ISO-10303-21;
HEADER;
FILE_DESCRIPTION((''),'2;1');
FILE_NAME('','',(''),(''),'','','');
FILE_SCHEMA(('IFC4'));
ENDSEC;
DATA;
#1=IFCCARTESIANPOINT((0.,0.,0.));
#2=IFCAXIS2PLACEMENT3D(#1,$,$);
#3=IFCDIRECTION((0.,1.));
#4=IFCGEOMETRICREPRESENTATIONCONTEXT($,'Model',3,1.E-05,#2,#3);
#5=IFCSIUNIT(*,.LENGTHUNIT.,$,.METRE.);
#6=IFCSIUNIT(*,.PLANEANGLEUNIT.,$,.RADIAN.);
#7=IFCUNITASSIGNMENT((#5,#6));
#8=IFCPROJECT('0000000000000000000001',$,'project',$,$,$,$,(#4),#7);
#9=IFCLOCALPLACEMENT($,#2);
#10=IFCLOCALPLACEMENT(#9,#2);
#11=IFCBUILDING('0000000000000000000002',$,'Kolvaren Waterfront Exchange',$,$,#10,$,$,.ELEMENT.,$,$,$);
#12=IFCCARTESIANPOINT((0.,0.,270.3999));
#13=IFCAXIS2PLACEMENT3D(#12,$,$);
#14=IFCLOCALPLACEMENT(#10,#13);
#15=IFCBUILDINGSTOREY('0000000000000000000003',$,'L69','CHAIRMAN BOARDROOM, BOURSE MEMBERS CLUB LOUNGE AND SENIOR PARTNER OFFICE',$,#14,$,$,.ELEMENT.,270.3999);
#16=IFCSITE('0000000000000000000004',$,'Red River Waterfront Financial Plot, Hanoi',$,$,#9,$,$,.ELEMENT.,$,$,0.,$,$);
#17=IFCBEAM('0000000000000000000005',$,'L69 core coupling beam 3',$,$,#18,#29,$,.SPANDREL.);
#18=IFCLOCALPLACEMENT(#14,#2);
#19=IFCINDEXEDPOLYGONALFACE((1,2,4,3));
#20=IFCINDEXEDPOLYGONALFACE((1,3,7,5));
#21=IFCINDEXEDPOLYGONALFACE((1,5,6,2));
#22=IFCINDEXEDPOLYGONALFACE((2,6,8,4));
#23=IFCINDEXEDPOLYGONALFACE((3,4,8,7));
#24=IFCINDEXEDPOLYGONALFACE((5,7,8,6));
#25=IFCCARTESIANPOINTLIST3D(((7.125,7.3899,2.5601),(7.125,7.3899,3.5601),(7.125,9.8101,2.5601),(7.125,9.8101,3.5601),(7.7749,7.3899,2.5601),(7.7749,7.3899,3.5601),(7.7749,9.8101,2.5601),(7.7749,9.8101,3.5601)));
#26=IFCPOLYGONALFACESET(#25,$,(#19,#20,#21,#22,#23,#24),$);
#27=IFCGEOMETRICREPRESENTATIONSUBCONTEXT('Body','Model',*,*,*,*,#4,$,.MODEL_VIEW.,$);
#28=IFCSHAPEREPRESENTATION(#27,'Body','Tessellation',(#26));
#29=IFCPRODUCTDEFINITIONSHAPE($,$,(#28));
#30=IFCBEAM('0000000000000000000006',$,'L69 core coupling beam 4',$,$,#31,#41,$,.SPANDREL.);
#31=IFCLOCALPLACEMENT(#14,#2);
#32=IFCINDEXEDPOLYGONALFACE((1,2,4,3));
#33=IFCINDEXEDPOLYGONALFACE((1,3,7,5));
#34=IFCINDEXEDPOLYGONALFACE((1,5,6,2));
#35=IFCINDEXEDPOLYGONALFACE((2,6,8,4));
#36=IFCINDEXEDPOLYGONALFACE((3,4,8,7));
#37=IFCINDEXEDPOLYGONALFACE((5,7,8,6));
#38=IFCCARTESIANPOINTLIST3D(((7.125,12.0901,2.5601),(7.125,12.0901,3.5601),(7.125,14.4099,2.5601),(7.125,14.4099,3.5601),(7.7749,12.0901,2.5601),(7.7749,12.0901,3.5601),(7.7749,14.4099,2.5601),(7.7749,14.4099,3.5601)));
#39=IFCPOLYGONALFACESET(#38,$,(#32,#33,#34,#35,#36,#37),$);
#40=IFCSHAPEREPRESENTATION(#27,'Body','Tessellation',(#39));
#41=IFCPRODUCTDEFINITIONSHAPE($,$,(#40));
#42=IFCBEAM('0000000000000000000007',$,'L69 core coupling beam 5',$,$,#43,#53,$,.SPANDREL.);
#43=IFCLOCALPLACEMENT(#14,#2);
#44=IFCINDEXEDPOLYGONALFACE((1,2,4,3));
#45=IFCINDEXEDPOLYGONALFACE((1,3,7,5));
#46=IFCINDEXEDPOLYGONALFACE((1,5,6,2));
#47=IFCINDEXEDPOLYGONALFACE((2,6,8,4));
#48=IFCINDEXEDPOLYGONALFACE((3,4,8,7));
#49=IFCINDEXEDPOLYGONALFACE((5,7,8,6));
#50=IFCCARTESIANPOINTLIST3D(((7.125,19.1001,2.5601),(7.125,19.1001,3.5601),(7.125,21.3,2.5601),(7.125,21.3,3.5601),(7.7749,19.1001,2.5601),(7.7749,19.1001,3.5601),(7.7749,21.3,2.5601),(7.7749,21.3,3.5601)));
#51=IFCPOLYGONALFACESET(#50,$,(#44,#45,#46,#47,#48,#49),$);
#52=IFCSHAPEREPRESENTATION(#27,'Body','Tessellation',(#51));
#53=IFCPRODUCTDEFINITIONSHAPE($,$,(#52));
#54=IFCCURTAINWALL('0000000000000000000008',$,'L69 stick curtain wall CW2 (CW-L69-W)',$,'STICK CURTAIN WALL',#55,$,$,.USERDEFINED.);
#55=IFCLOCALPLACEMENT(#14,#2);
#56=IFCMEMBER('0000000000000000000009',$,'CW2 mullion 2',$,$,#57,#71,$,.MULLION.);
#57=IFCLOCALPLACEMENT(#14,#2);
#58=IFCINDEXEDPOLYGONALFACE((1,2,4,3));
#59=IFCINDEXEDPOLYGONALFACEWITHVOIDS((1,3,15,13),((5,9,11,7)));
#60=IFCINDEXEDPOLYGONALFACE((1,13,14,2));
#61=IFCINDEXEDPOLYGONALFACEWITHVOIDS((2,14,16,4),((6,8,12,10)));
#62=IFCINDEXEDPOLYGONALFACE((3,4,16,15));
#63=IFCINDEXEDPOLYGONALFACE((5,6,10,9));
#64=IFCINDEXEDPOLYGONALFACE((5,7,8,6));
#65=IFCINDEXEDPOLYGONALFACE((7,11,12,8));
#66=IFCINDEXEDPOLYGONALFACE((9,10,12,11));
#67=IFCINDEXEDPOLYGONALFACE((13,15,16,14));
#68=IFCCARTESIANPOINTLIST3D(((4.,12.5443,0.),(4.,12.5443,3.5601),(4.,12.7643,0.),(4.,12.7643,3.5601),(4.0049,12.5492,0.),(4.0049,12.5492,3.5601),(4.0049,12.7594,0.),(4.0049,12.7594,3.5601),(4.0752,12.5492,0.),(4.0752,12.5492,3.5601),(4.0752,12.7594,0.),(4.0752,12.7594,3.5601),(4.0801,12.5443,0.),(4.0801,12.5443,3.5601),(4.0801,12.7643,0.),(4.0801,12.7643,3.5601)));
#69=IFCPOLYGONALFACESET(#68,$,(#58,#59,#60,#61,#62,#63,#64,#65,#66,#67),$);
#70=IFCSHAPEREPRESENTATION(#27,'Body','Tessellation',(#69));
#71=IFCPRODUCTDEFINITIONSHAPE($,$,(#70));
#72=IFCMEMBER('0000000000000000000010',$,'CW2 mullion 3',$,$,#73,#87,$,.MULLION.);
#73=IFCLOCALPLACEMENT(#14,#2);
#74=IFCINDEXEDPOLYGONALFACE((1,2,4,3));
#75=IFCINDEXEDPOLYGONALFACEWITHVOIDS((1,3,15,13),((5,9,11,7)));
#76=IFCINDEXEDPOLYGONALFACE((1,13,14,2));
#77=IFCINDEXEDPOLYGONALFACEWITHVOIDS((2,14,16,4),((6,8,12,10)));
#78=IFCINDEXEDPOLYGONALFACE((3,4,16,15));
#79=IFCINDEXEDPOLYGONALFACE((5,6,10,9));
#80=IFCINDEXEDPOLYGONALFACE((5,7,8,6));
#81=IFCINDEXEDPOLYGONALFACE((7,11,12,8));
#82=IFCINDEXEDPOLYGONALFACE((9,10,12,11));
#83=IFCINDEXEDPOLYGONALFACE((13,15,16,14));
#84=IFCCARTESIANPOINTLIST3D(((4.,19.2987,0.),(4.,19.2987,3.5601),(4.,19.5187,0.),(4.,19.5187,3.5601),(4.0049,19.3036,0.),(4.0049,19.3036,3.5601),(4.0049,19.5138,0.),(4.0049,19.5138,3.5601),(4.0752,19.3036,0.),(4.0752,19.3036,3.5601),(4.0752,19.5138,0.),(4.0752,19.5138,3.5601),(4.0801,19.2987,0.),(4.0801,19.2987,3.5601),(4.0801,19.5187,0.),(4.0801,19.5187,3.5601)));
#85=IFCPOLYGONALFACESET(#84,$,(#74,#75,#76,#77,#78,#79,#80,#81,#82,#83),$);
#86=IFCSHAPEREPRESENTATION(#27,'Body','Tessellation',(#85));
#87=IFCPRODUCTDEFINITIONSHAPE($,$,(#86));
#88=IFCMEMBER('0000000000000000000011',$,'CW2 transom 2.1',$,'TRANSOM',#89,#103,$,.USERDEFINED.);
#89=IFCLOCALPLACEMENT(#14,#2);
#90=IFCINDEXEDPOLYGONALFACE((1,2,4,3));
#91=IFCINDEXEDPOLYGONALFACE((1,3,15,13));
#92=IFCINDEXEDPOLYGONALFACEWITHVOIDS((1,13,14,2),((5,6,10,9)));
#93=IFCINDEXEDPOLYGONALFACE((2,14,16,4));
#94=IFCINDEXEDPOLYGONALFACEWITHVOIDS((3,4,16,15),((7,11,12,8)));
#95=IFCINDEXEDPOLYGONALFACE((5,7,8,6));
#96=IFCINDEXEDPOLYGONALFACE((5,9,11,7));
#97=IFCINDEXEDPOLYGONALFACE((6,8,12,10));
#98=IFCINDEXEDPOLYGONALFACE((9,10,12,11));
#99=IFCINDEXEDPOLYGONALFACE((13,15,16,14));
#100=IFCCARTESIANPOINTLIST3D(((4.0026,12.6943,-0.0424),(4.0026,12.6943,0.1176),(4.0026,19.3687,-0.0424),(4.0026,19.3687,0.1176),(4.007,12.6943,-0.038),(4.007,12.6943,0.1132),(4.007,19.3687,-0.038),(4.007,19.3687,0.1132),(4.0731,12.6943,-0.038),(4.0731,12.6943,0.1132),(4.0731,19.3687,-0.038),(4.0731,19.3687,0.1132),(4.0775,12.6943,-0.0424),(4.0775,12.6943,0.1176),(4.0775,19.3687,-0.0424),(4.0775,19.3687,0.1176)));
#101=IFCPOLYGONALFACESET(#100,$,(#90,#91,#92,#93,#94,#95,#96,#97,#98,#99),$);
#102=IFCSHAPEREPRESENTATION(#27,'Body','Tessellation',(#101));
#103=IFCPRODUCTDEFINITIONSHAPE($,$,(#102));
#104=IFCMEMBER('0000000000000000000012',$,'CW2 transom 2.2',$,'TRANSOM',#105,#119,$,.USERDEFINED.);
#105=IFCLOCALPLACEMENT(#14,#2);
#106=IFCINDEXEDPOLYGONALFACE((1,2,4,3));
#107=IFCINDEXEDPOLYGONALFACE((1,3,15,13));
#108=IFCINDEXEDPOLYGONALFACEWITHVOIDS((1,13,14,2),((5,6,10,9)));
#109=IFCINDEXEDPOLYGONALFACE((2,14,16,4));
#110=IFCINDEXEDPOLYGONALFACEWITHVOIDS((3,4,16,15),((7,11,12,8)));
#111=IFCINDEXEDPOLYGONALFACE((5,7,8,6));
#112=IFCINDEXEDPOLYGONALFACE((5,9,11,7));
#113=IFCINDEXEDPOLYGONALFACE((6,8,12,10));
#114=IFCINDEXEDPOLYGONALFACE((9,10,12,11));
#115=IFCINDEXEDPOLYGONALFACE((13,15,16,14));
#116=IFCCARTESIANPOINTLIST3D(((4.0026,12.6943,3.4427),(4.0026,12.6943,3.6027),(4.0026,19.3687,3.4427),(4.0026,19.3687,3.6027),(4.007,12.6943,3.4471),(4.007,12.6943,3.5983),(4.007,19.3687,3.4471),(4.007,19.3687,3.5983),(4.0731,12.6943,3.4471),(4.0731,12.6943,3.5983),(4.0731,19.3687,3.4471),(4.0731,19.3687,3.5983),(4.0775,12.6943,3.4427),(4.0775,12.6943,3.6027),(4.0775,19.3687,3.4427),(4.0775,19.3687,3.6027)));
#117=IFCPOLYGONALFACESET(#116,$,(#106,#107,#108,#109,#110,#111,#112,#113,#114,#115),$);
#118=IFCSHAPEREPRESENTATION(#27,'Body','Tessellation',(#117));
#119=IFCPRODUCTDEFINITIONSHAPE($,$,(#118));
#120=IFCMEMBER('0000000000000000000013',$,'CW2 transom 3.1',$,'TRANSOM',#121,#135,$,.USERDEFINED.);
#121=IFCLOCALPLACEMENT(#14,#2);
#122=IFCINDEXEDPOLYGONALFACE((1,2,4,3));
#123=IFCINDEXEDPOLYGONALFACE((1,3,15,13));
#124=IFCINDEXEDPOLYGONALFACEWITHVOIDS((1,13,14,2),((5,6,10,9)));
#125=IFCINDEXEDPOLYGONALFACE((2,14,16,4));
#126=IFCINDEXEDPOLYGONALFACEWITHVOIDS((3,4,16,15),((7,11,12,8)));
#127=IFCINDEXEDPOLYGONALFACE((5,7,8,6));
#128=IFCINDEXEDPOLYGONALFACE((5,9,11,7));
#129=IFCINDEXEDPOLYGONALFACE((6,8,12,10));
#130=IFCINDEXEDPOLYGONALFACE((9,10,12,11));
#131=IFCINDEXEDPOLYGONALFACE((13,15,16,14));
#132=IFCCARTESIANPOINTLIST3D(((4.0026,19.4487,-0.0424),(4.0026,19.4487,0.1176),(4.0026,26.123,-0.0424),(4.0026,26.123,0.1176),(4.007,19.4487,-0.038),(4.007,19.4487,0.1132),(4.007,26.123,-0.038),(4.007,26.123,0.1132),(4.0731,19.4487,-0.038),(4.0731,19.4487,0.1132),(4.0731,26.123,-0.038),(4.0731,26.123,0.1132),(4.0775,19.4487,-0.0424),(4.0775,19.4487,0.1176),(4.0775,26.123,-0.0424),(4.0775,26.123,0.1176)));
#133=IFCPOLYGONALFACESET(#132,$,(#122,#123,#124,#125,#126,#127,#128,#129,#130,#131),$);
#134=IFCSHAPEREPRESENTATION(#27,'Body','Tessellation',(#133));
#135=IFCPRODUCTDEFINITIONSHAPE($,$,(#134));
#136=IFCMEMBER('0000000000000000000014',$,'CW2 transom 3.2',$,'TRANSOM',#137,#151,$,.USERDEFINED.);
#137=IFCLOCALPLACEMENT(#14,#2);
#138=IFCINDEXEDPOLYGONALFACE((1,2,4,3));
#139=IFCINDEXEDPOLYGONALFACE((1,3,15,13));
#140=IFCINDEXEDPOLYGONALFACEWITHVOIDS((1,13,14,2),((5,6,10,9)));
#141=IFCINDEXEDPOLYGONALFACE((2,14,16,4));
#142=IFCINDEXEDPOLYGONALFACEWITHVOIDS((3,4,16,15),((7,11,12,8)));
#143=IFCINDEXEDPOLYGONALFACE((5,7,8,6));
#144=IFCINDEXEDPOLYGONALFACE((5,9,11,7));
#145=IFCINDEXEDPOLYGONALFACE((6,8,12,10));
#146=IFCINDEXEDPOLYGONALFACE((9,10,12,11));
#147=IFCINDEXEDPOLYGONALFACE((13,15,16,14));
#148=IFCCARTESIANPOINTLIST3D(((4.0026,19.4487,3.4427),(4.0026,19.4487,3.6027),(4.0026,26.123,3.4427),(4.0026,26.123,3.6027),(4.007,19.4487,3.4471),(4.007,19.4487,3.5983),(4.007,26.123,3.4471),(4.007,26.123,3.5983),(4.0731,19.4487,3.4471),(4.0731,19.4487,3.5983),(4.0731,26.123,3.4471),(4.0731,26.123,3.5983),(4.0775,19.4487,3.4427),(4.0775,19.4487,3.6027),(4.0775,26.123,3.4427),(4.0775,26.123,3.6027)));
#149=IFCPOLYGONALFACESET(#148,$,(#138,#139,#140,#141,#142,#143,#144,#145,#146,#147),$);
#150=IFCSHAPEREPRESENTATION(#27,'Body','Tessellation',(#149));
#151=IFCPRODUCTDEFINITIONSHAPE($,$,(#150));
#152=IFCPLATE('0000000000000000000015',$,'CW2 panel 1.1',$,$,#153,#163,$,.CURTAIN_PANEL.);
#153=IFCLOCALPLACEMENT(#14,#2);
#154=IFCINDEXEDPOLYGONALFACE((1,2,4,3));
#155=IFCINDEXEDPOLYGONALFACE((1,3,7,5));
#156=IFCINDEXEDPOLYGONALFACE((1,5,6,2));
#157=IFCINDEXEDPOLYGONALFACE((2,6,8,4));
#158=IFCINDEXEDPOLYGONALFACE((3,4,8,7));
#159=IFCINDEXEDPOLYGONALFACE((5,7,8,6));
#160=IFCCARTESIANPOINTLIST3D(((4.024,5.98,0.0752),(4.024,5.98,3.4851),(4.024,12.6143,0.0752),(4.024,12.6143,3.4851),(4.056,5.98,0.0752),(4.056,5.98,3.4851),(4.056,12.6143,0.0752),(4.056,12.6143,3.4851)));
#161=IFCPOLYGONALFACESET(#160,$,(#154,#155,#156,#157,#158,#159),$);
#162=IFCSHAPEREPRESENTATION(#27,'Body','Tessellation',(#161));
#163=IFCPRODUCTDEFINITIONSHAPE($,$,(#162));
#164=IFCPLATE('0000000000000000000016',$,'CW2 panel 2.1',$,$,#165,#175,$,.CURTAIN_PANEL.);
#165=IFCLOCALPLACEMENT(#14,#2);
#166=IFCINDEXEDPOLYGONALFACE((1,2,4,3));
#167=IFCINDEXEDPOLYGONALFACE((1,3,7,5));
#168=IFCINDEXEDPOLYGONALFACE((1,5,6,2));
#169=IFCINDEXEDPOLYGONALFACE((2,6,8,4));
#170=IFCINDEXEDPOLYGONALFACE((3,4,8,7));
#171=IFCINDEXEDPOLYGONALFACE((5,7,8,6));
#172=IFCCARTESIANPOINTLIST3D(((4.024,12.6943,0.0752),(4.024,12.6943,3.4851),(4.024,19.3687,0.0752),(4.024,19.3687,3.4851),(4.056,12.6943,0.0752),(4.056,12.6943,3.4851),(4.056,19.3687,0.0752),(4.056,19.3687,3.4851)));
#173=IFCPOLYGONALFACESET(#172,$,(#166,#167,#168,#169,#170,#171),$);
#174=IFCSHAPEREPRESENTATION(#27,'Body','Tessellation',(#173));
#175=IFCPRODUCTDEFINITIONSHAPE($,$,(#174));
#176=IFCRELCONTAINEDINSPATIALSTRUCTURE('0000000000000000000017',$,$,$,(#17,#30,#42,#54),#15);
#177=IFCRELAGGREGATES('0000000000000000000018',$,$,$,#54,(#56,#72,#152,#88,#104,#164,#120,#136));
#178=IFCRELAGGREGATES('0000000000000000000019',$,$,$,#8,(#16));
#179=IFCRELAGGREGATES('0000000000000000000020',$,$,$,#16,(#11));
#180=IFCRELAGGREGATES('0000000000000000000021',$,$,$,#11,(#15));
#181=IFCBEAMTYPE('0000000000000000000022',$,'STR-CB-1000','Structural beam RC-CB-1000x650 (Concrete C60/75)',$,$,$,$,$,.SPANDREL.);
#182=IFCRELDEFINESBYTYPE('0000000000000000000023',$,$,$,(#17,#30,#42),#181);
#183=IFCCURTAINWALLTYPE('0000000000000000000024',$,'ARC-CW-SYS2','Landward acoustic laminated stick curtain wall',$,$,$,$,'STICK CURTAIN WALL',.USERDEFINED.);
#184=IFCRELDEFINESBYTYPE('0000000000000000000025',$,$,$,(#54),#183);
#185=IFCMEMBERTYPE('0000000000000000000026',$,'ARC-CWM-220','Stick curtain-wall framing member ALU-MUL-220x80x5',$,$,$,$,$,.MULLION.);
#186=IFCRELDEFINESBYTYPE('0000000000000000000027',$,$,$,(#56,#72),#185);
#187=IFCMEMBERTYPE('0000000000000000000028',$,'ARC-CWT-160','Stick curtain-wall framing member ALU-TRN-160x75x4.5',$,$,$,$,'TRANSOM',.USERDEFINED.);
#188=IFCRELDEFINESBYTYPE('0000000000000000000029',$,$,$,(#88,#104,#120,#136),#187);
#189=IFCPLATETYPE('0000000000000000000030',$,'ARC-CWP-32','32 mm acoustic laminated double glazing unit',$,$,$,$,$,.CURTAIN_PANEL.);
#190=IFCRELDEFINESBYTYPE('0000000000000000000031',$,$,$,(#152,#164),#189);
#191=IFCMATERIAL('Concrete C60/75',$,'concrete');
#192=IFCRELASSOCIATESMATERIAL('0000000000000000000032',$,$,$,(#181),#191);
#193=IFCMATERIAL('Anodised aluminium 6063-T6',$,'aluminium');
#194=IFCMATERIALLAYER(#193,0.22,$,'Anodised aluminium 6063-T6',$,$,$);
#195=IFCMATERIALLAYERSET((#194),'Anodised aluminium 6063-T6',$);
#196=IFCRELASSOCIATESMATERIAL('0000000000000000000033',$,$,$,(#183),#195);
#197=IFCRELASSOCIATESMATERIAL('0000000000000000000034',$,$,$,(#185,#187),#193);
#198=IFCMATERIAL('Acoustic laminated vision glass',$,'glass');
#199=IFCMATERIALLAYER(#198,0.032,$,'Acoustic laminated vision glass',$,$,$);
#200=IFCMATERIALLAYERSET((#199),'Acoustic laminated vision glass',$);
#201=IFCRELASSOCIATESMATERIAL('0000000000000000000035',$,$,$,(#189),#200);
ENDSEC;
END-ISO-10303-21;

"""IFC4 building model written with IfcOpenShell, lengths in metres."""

from ifc_helpers import new_model, si_unit, direction, frame, origin, origin_with_axes, origin_2d, place, context, subcontext, project, spatial, rectangle, hollow_rectangle, extrude, source, transform, mapped, material, layer, layer_set, material_profile, profile_set, type_object, element, aggregate, save


model = new_model("IFC4")

# Units and contexts
model_context = context("Model", 3, precision=1e-05, world=origin(), true_north=direction((0.0, 1.0)))
body_context = subcontext(model_context, "Body", "Model", "MODEL_VIEW")
ifc_project = project(units=[si_unit("LENGTHUNIT", "METRE"), si_unit("PLANEANGLEUNIT", "RADIAN")], contexts=[model_context])

# Site, building, storey
site_placement = place(None, origin())
site = spatial("IfcSite", under=ifc_project, at=site_placement, Name="Red River Waterfront Financial Plot, Hanoi", CompositionType="ELEMENT", RefElevation=0.0)
building_placement = place(site_placement, origin())
building = spatial("IfcBuilding", under=site, at=building_placement, Name="Kolvaren Waterfront Exchange", CompositionType="ELEMENT")
storey_placement = place(building_placement, frame((0.0, 0.0, 270.3999)))
storey = spatial("IfcBuildingStorey", under=building, at=storey_placement, Name="L69", Description="CHAIRMAN BOARDROOM, BOURSE MEMBERS CLUB LOUNGE AND SENIOR PARTNER OFFICE", CompositionType="ELEMENT", Elevation=270.3999)

# Beams
ifc_material_1 = material(Name="Concrete C60/75", Category="concrete")
ifc_material_profile_1 = material_profile(ifc_material_1, rectangle(XDim=0.6499, YDim=1.0, at=origin_2d()), Name="RC-CB-1000x650")
ifc_profile_set_1 = profile_set([ifc_material_profile_1], Name="Concrete C60/75")
beam_type = type_object("IfcBeamType", Name="STR-CB-1000", Description="Structural beam RC-CB-1000x650 (Concrete C60/75)", PredefinedType="SPANDREL", material=ifc_profile_set_1)
beam_1_placement = place(storey_placement, frame((7.45, 7.3899, 3.0601), z_axis=(0.0, 1.0, 0.0), x_axis=(-1.0, 0.0, 0.0)))
element("IfcBeam", 1, at=beam_1_placement, inside=storey, type_object=beam_type, Name="L69 core coupling beam 3", PredefinedType="SPANDREL", context=body_context, shape_type="SweptSolid", body=[
    extrude(rectangle(XDim=0.6499, YDim=1.0, at=origin_2d()), origin(), (0.0, 0.0, 1.0), 2.4202),
])
beam_2_placement = place(storey_placement, frame((7.45, 12.0901, 3.0601), z_axis=(0.0, 1.0, 0.0), x_axis=(-1.0, 0.0, 0.0)))
element("IfcBeam", 2, at=beam_2_placement, inside=storey, type_object=beam_type, Name="L69 core coupling beam 4", PredefinedType="SPANDREL", context=body_context, shape_type="SweptSolid", body=[
    extrude(rectangle(XDim=0.6499, YDim=1.0, at=origin_2d()), origin(), (0.0, 0.0, 1.0), 2.3198),
])
beam_3_placement = place(storey_placement, frame((7.45, 19.1001, 3.0601), z_axis=(0.0, 1.0, 0.0), x_axis=(-1.0, 0.0, 0.0)))
element("IfcBeam", 3, at=beam_3_placement, inside=storey, type_object=beam_type, Name="L69 core coupling beam 5", PredefinedType="SPANDREL", context=body_context, shape_type="SweptSolid", body=[
    extrude(rectangle(XDim=0.6499, YDim=1.0, at=origin_2d()), origin(), (0.0, 0.0, 1.0), 2.2),
])

# Curtain wall, members, plates
ifc_material_2 = material(Name="Anodised aluminium 6063-T6", Category="aluminium")
ifc_layer_1 = layer(ifc_material_2, 0.22, Name="Anodised aluminium 6063-T6")
ifc_layer_set_1 = layer_set([ifc_layer_1], Name="Anodised aluminium 6063-T6")
curtain_wall_type = type_object("IfcCurtainWallType", Name="ARC-CW-SYS2", Description="Landward acoustic laminated stick curtain wall", ElementType="STICK CURTAIN WALL", PredefinedType="USERDEFINED", material=ifc_layer_set_1)
curtain_wall_placement = place(storey_placement, origin())
curtain_wall = element("IfcCurtainWall", 4, at=curtain_wall_placement, inside=storey, type_object=curtain_wall_type, Name="L69 stick curtain wall CW2 (CW-L69-W)", ObjectType="STICK CURTAIN WALL", PredefinedType="USERDEFINED")
ifc_material_profile_2 = material_profile(ifc_material_2, hollow_rectangle(XDim=0.0801, YDim=0.22, WallThickness=0.0049, at=origin_2d()), Name="ALU-MUL-220x80x5")
ifc_profile_set_2 = profile_set([ifc_material_profile_2], Name="Anodised aluminium 6063-T6")
member_type_1 = type_object("IfcMemberType", Name="ARC-CWM-220", Description="Stick curtain-wall framing member ALU-MUL-220x80x5", PredefinedType="MULLION", material=ifc_profile_set_2)
shared_shape_1 = source(origin_with_axes(), body_context, "Body", "SweptSolid", [
    extrude(hollow_rectangle(XDim=0.0801, YDim=0.22, WallThickness=0.0049, at=origin_2d()), origin(), (0.0, 0.0, 1.0), 3.5601),
])
member_1_placement = place(storey_placement, frame((4.04, 12.6543, 0.0), z_axis=(0.0, 0.0, 1.0), x_axis=(-1.0, 0.0, 0.0)))
member_1 = element("IfcMember", 5, at=member_1_placement, type_object=member_type_1, Name="CW2 mullion 2", PredefinedType="MULLION", context=body_context, shape_type="MappedRepresentation", body=[
    mapped(shared_shape_1, transform((0.0, 0.0, 0.0), x_axis=(1.0, 0.0, 0.0), y_axis=(0.0, 1.0, 0.0), z_axis=(0.0, 0.0, 1.0), scale=1.0)),
])
member_2_placement = place(storey_placement, frame((4.04, 19.4087, 0.0), z_axis=(0.0, 0.0, 1.0), x_axis=(-1.0, 0.0, 0.0)))
member_2 = element("IfcMember", 6, at=member_2_placement, type_object=member_type_1, Name="CW2 mullion 3", PredefinedType="MULLION", context=body_context, shape_type="MappedRepresentation", body=[
    mapped(shared_shape_1, transform((0.0, 0.0, 0.0), x_axis=(1.0, 0.0, 0.0), y_axis=(0.0, 1.0, 0.0), z_axis=(0.0, 0.0, 1.0), scale=1.0)),
])
ifc_material_profile_3 = material_profile(ifc_material_2, hollow_rectangle(XDim=0.075, YDim=0.1599, WallThickness=0.0044, at=origin_2d()), Name="ALU-TRN-160x75x4.5")
ifc_profile_set_3 = profile_set([ifc_material_profile_3], Name="Anodised aluminium 6063-T6")
member_type_2 = type_object("IfcMemberType", Name="ARC-CWT-160", Description="Stick curtain-wall framing member ALU-TRN-160x75x4.5", ElementType="TRANSOM", PredefinedType="USERDEFINED", material=ifc_profile_set_3)
shared_shape_2 = source(origin_with_axes(), body_context, "Body", "SweptSolid", [
    extrude(hollow_rectangle(XDim=0.075, YDim=0.1599, WallThickness=0.0044, at=origin_2d()), origin(), (0.0, 0.0, 1.0), 6.6743),
])
member_3_placement = place(storey_placement, frame((4.04, 12.6943, 0.0376), z_axis=(0.0, 1.0, 0.0), x_axis=(-1.0, 0.0, 0.0)))
member_3 = element("IfcMember", 7, at=member_3_placement, type_object=member_type_2, Name="CW2 transom 2.1", ObjectType="TRANSOM", PredefinedType="USERDEFINED", context=body_context, shape_type="MappedRepresentation", body=[
    mapped(shared_shape_2, transform((0.0, 0.0, 0.0), x_axis=(1.0, 0.0, 0.0), y_axis=(0.0, 1.0, 0.0), z_axis=(0.0, 0.0, 1.0), scale=1.0)),
])
member_4_placement = place(storey_placement, frame((4.04, 12.6943, 3.5227), z_axis=(0.0, 1.0, 0.0), x_axis=(-1.0, 0.0, 0.0)))
member_4 = element("IfcMember", 8, at=member_4_placement, type_object=member_type_2, Name="CW2 transom 2.2", ObjectType="TRANSOM", PredefinedType="USERDEFINED", context=body_context, shape_type="MappedRepresentation", body=[
    mapped(shared_shape_2, transform((0.0, 0.0, 0.0), x_axis=(1.0, 0.0, 0.0), y_axis=(0.0, 1.0, 0.0), z_axis=(0.0, 0.0, 1.0), scale=1.0)),
])
member_5_placement = place(storey_placement, frame((4.04, 19.4487, 0.0376), z_axis=(0.0, 1.0, 0.0), x_axis=(-1.0, 0.0, 0.0)))
member_5 = element("IfcMember", 9, at=member_5_placement, type_object=member_type_2, Name="CW2 transom 3.1", ObjectType="TRANSOM", PredefinedType="USERDEFINED", context=body_context, shape_type="MappedRepresentation", body=[
    mapped(shared_shape_2, transform((0.0, 0.0, 0.0), x_axis=(1.0, 0.0, 0.0), y_axis=(0.0, 1.0, 0.0), z_axis=(0.0, 0.0, 1.0), scale=1.0)),
])
member_6_placement = place(storey_placement, frame((4.04, 19.4487, 3.5227), z_axis=(0.0, 1.0, 0.0), x_axis=(-1.0, 0.0, 0.0)))
member_6 = element("IfcMember", 10, at=member_6_placement, type_object=member_type_2, Name="CW2 transom 3.2", ObjectType="TRANSOM", PredefinedType="USERDEFINED", context=body_context, shape_type="MappedRepresentation", body=[
    mapped(shared_shape_2, transform((0.0, 0.0, 0.0), x_axis=(1.0, 0.0, 0.0), y_axis=(0.0, 1.0, 0.0), z_axis=(0.0, 0.0, 1.0), scale=1.0)),
])
ifc_material_3 = material(Name="Acoustic laminated vision glass", Category="glass")
ifc_layer_2 = layer(ifc_material_3, 0.032, Name="Acoustic laminated vision glass")
ifc_layer_set_2 = layer_set([ifc_layer_2], Name="Acoustic laminated vision glass")
plate_type = type_object("IfcPlateType", Name="ARC-CWP-32", Description="32 mm acoustic laminated double glazing unit", PredefinedType="CURTAIN_PANEL", material=ifc_layer_set_2)
shared_shape_3 = source(origin_with_axes(), body_context, "Body", "SweptSolid", [
    extrude(rectangle(XDim=6.6343, YDim=0.032, at=origin_2d()), origin(), (0.0, 0.0, 1.0), 3.4099),
])
plate_1_placement = place(storey_placement, frame((4.04, 9.2971, 0.0752), z_axis=(0.0, 0.0, 1.0), x_axis=(0.0, 1.0, 0.0)))
plate_1 = element("IfcPlate", 11, at=plate_1_placement, type_object=plate_type, Name="CW2 panel 1.1", PredefinedType="CURTAIN_PANEL", context=body_context, shape_type="MappedRepresentation", body=[
    mapped(shared_shape_3, transform((0.0, 0.0, 0.0), x_axis=(1.0, 0.0, 0.0), y_axis=(0.0, 1.0, 0.0), z_axis=(0.0, 0.0, 1.0), scale=1.0)),
])
shared_shape_4 = source(origin_with_axes(), body_context, "Body", "SweptSolid", [
    extrude(rectangle(XDim=6.6743, YDim=0.032, at=origin_2d()), origin(), (0.0, 0.0, 1.0), 3.4099),
])
plate_2_placement = place(storey_placement, frame((4.04, 16.0315, 0.0752), z_axis=(0.0, 0.0, 1.0), x_axis=(0.0, 1.0, 0.0)))
plate_2 = element("IfcPlate", 12, at=plate_2_placement, type_object=plate_type, Name="CW2 panel 2.1", PredefinedType="CURTAIN_PANEL", context=body_context, shape_type="MappedRepresentation", body=[
    mapped(shared_shape_4, transform((0.0, 0.0, 0.0), x_axis=(1.0, 0.0, 0.0), y_axis=(0.0, 1.0, 0.0), z_axis=(0.0, 0.0, 1.0), scale=1.0)),
])
aggregate(curtain_wall, [member_1, member_2, plate_1, member_3, member_4, plate_2, member_5, member_6])

save(model, "model.ifc")
